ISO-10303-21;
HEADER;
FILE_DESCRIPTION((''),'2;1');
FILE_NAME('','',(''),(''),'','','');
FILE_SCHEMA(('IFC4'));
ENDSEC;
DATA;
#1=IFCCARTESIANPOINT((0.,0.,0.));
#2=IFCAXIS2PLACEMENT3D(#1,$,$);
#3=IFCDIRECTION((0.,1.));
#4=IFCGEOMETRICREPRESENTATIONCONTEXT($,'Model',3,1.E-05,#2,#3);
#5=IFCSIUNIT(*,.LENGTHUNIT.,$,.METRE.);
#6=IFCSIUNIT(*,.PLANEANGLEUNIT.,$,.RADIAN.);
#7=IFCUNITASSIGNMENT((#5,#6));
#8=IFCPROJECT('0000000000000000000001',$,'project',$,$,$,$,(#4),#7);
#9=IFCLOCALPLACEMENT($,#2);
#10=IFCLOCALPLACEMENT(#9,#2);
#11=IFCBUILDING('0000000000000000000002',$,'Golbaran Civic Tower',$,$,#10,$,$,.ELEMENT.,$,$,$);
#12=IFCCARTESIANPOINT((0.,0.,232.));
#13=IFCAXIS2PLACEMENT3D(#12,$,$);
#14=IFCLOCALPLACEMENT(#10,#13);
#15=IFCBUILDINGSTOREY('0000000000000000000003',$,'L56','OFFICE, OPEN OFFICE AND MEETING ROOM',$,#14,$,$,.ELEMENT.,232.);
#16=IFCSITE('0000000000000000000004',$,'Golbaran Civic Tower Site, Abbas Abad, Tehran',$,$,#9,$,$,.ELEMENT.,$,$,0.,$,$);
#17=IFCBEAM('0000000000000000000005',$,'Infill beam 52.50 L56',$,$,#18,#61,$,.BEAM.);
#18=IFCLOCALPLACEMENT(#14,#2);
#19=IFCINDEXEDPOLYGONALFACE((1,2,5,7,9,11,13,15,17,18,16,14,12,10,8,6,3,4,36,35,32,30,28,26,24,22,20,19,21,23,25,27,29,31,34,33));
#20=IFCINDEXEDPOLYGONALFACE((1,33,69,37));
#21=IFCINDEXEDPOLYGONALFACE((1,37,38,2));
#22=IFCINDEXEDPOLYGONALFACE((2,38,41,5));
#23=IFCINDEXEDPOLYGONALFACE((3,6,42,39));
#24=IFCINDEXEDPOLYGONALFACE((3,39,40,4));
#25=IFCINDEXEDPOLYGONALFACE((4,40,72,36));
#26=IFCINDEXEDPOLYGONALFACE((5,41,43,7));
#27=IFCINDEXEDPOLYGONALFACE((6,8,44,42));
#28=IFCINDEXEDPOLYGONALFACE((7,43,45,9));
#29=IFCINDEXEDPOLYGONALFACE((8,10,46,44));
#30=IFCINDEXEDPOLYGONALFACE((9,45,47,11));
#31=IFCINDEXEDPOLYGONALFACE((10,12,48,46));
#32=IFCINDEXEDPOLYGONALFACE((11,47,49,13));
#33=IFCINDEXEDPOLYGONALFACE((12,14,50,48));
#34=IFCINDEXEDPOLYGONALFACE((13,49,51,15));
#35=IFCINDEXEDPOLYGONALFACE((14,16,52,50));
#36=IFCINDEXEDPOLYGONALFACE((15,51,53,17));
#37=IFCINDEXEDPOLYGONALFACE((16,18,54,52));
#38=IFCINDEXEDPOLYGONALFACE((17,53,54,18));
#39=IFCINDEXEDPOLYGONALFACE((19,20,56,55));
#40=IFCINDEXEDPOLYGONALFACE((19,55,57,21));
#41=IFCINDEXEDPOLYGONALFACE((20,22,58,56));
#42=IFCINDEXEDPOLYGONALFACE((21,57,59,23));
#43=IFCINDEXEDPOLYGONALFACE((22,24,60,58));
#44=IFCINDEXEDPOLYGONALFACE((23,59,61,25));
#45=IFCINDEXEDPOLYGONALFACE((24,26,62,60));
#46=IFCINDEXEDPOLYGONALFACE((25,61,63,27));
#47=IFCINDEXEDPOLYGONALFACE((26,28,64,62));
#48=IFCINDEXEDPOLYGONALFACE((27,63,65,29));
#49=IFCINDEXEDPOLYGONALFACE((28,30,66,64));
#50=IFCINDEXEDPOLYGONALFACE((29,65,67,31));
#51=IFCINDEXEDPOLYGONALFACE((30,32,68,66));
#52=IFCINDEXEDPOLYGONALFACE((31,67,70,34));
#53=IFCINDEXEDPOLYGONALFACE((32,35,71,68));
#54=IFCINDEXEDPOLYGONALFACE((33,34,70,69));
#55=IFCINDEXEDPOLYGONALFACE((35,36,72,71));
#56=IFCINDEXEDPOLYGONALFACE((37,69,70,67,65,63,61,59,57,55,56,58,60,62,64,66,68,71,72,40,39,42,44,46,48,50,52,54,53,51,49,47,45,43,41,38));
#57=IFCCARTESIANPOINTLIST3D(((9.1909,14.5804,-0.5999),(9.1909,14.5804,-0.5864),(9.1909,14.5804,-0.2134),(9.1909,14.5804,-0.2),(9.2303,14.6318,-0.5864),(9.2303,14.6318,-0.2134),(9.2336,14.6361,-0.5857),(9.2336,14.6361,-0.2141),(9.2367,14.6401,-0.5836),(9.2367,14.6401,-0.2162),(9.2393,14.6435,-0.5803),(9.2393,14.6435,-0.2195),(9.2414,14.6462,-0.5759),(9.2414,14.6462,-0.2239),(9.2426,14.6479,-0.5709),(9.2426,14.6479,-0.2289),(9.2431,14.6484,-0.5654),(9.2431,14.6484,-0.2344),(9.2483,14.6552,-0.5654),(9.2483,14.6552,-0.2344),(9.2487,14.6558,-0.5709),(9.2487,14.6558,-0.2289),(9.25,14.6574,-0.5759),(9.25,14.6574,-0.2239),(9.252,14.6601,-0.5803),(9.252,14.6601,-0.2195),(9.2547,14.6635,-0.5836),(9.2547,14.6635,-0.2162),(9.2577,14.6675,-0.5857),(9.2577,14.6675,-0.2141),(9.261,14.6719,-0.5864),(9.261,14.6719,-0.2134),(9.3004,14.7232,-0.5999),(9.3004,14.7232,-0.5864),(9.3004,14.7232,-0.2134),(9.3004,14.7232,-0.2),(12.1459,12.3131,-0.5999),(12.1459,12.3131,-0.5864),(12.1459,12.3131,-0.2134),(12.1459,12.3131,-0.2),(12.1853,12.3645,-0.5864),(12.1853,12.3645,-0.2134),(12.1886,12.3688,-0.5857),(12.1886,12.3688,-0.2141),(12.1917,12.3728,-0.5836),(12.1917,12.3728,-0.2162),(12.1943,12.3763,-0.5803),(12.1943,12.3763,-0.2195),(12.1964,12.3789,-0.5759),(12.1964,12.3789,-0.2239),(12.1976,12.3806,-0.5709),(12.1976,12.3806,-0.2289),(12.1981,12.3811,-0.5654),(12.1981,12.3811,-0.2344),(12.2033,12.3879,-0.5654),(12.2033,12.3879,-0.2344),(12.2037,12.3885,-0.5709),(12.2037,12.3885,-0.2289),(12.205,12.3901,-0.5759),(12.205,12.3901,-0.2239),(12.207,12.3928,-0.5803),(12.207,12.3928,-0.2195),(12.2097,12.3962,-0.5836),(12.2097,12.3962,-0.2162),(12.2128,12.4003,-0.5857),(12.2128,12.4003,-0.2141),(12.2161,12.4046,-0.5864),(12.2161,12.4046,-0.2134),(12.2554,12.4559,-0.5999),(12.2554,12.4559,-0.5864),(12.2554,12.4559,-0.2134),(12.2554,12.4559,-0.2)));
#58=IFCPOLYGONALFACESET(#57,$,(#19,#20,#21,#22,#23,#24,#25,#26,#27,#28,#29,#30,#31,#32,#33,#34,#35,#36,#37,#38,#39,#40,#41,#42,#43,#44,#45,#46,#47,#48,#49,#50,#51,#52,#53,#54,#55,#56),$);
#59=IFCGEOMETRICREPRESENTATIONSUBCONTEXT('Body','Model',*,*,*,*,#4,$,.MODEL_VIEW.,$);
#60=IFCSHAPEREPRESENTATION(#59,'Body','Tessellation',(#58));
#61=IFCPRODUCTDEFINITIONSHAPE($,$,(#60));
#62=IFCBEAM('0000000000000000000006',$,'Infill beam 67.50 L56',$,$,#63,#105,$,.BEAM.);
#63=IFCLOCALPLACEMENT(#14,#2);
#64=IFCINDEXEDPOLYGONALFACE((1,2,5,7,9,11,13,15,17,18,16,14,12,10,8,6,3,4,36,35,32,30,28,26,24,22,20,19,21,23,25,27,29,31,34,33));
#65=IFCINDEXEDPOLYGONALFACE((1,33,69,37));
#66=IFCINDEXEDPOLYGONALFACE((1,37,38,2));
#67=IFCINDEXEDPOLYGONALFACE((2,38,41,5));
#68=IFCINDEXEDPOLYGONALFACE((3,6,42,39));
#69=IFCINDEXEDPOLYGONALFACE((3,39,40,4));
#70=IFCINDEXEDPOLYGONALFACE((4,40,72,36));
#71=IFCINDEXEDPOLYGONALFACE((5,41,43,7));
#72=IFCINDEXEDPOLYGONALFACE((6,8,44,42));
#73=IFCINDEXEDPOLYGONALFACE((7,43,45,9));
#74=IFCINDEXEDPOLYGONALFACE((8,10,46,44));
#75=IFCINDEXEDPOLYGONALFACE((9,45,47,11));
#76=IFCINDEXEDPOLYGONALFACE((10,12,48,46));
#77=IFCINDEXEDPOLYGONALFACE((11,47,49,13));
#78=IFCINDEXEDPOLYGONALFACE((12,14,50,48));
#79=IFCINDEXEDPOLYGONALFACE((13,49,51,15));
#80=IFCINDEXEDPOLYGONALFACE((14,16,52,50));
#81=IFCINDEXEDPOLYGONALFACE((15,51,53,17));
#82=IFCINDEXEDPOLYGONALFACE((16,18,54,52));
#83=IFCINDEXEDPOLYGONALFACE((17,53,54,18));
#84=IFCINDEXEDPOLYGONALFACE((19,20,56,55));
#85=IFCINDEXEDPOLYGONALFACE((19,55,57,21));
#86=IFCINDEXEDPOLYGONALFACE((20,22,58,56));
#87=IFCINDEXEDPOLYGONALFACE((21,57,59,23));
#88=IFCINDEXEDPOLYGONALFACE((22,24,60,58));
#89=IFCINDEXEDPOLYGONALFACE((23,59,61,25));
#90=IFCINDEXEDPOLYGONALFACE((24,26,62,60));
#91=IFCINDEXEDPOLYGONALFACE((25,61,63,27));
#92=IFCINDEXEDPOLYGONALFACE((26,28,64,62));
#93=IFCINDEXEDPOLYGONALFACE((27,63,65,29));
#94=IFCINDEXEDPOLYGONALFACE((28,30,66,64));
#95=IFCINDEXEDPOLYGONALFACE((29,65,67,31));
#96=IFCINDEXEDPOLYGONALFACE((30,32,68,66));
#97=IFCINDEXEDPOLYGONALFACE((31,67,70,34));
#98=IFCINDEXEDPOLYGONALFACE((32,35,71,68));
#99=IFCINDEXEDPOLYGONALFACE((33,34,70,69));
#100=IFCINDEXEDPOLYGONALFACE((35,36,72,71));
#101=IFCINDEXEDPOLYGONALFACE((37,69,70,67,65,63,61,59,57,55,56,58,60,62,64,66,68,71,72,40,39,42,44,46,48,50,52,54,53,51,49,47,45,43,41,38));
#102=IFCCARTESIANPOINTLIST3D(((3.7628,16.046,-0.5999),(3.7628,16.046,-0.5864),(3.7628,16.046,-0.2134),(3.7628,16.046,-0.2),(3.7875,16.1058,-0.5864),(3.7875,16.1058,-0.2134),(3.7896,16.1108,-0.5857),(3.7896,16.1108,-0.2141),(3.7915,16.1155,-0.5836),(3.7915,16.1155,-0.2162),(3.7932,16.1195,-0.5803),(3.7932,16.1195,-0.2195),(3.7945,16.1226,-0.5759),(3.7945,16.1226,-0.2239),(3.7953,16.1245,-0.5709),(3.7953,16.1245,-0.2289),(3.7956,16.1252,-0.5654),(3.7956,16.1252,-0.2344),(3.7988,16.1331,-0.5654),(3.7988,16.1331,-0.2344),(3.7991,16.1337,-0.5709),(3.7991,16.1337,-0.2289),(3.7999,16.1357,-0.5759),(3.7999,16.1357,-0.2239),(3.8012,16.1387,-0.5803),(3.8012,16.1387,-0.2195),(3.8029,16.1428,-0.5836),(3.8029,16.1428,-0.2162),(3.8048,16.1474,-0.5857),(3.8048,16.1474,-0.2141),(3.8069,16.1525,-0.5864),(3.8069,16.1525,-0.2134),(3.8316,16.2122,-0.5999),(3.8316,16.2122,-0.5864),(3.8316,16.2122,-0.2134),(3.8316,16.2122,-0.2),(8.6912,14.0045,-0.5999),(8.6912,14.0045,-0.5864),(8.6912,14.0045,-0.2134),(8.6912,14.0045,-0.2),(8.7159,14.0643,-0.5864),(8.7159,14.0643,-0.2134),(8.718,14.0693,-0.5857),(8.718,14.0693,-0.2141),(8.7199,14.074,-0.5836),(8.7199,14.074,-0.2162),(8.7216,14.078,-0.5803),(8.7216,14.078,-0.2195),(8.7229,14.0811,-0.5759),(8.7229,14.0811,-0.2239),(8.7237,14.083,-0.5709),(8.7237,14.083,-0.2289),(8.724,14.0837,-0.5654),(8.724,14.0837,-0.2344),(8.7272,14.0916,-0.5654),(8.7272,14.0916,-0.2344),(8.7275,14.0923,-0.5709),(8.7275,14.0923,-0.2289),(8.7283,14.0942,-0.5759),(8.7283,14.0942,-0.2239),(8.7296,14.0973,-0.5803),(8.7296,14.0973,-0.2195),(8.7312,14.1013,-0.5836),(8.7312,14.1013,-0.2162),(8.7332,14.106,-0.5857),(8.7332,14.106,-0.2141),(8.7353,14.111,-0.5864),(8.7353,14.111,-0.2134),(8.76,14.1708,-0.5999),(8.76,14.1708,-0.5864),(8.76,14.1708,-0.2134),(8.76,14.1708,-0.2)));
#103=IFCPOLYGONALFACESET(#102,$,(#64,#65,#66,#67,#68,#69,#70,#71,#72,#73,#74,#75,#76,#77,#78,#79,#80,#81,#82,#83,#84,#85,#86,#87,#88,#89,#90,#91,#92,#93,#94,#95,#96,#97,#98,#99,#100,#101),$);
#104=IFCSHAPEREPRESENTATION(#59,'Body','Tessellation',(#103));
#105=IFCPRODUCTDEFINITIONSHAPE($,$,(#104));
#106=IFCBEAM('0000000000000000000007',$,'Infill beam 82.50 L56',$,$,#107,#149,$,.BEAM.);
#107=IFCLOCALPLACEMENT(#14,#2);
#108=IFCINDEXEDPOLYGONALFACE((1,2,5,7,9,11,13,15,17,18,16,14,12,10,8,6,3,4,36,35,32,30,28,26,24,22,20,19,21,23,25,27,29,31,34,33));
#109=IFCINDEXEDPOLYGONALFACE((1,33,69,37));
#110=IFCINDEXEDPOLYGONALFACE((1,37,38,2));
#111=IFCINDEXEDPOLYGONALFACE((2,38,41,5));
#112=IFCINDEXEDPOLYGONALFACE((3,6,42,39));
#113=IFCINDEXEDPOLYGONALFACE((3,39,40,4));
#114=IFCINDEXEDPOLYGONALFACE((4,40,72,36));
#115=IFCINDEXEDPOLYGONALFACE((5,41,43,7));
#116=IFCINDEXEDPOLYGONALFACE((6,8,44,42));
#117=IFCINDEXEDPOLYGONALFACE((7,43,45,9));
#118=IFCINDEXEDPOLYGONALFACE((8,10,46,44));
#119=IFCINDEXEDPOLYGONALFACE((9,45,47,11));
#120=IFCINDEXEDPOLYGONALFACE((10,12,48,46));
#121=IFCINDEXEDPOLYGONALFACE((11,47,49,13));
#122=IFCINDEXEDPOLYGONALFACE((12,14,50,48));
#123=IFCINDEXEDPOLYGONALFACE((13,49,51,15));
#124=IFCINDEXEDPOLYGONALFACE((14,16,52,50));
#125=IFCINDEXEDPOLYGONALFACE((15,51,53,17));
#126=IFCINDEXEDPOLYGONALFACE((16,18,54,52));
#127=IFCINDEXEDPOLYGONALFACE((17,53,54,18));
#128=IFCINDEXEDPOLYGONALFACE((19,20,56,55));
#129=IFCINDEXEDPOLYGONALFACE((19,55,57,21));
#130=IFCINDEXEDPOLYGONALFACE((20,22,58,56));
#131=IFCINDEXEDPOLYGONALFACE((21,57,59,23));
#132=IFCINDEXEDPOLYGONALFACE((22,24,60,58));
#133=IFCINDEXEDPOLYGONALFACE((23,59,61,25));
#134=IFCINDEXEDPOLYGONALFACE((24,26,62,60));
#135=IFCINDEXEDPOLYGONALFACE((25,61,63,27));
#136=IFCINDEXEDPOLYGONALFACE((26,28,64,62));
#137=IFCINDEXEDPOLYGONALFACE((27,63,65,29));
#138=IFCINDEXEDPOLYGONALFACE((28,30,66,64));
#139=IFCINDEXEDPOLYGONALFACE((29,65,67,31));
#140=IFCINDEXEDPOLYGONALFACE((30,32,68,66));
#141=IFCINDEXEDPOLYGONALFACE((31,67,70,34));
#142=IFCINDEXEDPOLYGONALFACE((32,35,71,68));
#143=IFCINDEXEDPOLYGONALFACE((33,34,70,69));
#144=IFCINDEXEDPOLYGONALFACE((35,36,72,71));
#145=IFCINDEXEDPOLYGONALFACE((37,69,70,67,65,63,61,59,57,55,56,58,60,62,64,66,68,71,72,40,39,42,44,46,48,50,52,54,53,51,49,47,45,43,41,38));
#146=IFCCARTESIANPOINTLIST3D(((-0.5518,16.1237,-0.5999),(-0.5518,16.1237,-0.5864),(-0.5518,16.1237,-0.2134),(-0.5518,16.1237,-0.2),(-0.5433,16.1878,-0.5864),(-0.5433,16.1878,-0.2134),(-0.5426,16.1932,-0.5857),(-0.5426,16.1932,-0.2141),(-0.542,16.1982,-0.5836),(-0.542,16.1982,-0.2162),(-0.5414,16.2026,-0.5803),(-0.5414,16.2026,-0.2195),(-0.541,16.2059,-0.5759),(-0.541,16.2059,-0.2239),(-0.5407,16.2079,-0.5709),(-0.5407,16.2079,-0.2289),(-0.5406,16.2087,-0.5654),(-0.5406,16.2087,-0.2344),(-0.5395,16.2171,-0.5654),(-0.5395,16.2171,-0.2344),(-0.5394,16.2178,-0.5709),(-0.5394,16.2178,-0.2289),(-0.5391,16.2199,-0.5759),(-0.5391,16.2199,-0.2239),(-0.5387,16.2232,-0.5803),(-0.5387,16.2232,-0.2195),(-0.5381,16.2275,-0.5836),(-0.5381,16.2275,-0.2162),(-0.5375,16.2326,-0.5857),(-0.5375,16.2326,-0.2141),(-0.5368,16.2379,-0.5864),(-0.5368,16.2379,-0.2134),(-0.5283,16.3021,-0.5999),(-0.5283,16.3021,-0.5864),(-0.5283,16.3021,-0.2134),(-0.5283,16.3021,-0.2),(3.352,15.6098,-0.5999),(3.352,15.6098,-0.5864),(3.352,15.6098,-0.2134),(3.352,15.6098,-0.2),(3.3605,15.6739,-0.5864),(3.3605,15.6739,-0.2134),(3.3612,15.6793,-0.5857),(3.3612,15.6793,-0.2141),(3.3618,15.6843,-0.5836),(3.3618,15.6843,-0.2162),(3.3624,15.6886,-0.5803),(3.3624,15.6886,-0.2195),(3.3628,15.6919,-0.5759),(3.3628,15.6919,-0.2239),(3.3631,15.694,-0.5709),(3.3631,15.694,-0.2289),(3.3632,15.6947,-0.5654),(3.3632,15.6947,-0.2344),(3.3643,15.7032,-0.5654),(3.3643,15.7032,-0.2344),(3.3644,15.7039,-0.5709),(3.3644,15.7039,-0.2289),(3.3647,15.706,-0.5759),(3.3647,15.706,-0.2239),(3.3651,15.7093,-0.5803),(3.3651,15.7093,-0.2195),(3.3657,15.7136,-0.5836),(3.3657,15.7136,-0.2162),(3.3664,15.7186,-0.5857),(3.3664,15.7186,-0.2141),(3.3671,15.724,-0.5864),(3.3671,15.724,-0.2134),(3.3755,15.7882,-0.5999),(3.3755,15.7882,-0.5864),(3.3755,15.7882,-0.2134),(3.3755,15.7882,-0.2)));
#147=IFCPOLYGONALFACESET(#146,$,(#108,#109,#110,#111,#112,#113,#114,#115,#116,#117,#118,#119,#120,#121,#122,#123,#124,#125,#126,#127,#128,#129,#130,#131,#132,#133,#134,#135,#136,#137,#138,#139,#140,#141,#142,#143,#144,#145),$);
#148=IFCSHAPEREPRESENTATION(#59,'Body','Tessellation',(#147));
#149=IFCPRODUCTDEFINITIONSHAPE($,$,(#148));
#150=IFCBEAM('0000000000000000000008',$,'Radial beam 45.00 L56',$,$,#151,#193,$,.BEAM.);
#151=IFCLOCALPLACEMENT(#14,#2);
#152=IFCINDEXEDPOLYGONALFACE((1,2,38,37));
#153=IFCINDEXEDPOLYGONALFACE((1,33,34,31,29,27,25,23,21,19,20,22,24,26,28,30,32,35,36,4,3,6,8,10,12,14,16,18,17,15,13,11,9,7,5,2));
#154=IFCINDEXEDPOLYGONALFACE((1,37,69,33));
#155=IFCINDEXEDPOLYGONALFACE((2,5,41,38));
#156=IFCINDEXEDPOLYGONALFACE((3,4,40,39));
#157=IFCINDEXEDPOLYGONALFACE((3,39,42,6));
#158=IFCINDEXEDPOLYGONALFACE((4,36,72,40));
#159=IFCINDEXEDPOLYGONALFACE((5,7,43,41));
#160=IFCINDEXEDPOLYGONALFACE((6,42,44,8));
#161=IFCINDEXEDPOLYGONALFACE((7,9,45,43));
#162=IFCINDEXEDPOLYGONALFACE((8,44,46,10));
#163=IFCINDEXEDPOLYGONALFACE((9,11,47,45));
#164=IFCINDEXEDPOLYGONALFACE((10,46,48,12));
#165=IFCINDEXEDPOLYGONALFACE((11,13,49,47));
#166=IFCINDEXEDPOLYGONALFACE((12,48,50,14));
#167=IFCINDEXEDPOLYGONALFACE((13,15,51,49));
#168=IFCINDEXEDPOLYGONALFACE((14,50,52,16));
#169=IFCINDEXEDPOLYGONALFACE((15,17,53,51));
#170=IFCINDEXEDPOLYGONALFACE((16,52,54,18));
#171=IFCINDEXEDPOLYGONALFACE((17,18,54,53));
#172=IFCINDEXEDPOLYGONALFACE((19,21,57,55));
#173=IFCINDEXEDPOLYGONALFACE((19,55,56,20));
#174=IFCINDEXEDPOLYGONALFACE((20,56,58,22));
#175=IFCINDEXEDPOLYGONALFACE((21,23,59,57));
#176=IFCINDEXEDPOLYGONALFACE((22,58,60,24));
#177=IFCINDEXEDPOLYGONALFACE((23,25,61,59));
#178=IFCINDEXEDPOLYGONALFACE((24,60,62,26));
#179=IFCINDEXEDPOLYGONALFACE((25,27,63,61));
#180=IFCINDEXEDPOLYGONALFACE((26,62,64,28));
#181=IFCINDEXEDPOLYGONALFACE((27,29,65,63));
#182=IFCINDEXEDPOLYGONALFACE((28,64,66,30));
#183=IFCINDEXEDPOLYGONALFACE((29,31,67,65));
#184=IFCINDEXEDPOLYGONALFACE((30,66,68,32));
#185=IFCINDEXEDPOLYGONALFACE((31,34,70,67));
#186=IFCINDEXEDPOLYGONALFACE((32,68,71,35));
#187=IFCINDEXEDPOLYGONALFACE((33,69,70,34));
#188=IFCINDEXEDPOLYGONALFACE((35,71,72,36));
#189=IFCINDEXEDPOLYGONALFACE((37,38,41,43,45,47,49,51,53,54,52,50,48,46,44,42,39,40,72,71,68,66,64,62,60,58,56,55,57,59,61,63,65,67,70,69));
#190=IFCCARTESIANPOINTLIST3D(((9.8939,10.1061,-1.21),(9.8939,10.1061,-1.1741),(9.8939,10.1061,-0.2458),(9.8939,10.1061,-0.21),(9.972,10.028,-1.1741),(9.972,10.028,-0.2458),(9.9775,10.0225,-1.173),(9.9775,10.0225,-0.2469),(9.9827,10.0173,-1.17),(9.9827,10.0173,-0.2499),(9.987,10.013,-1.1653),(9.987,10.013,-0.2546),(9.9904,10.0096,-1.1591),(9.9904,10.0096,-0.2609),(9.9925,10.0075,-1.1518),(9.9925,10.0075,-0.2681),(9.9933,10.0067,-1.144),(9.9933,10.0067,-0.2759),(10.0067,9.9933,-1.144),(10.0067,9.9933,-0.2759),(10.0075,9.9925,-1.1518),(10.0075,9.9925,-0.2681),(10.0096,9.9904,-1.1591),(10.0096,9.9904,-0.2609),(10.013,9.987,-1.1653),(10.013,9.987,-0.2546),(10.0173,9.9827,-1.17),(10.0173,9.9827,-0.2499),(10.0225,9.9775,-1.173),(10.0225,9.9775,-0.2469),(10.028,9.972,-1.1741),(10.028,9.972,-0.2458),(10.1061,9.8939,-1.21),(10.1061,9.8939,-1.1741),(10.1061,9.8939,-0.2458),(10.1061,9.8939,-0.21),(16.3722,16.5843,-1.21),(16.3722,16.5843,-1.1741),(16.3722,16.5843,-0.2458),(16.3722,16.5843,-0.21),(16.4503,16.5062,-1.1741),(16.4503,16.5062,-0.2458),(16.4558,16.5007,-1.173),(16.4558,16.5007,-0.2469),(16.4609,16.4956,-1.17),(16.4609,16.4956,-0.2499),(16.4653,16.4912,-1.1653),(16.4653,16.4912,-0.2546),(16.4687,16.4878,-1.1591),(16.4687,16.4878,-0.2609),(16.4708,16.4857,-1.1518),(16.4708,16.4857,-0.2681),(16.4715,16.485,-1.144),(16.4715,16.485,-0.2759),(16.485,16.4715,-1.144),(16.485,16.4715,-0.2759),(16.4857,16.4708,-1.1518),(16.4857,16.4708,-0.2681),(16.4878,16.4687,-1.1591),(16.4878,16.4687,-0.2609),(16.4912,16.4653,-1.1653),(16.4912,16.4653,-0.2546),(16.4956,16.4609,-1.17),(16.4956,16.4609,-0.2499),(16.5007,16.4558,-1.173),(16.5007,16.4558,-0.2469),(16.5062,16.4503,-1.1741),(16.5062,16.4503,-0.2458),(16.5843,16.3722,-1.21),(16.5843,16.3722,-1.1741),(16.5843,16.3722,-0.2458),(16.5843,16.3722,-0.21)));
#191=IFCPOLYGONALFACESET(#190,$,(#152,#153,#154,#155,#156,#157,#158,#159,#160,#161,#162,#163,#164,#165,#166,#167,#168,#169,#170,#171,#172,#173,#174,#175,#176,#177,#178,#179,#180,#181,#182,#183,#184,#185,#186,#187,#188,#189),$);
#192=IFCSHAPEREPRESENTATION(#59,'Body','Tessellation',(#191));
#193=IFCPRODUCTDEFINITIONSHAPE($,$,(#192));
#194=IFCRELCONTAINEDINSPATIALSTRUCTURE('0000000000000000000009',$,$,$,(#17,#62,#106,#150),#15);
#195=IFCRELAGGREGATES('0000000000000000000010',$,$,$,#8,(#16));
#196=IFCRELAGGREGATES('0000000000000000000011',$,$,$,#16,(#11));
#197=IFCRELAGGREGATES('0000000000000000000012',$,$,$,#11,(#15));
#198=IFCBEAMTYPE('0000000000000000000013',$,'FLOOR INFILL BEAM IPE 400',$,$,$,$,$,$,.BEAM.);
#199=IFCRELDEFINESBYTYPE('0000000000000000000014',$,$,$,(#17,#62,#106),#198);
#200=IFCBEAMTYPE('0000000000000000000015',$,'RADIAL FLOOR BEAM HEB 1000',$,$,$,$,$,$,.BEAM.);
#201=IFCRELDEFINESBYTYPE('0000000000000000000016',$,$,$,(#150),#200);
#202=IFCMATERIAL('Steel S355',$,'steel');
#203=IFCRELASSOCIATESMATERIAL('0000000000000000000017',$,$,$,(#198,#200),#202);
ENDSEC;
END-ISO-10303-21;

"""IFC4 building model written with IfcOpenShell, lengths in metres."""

from ifc_helpers import new_model, si_unit, direction, frame, origin, origin_2d, place, context, subcontext, project, spatial, i_section, extrude, material, material_profile, profile_set, type_object, element, save


model = new_model("IFC4")

# Units and contexts
model_context = context("Model", 3, precision=1e-05, world=origin(), true_north=direction((0.0, 1.0)))
body_context = subcontext(model_context, "Body", "Model", "MODEL_VIEW")
ifc_project = project(units=[si_unit("LENGTHUNIT", "METRE"), si_unit("PLANEANGLEUNIT", "RADIAN")], contexts=[model_context])

# Site, building, storey
site_placement = place(None, origin())
site = spatial("IfcSite", under=ifc_project, at=site_placement, Name="Golbaran Civic Tower Site, Abbas Abad, Tehran", CompositionType="ELEMENT", RefElevation=0.0)
building_placement = place(site_placement, origin())
building = spatial("IfcBuilding", under=site, at=building_placement, Name="Golbaran Civic Tower", CompositionType="ELEMENT")
storey_placement = place(building_placement, frame((0.0, 0.0, 232.0)))
storey = spatial("IfcBuildingStorey", under=building, at=storey_placement, Name="L56", Description="OFFICE, OPEN OFFICE AND MEETING ROOM", CompositionType="ELEMENT", Elevation=232.0)

# Beams
ifc_material_1 = material(Name="Steel S355", Category="steel")
ifc_material_profile_1 = material_profile(ifc_material_1, i_section(OverallWidth=0.1799, OverallDepth=0.3999, WebThickness=0.0085, FlangeThickness=0.0134, FilletRadius=0.021, at=origin_2d()), Name="IPE 400")
ifc_profile_set_1 = profile_set([ifc_material_profile_1], Name="Steel S355")
beam_type_1 = type_object("IfcBeamType", Name="FLOOR INFILL BEAM IPE 400", PredefinedType="BEAM", material=ifc_profile_set_1)
beam_1_placement = place(storey_placement, frame((12.2007, 12.3845, -0.3999), z_axis=(-0.793376, 0.608731, 0.0), x_axis=(-0.608731, -0.793376, 0.0)))
element("IfcBeam", 1, at=beam_1_placement, inside=storey, type_object=beam_type_1, Name="Infill beam 52.50 L56", PredefinedType="BEAM", context=body_context, shape_type="SweptSolid", body=[
    extrude(i_section(OverallWidth=0.1799, OverallDepth=0.3999, WebThickness=0.0085, FlangeThickness=0.0134, FilletRadius=0.021, at=origin_2d()), origin(), (0.0, 0.0, 1.0), 3.7246),
])
beam_2_placement = place(storey_placement, frame((8.7256, 14.0876, -0.3999), z_axis=(-0.923875, 0.382694, 0.0), x_axis=(-0.382694, -0.923875, 0.0)))
element("IfcBeam", 2, at=beam_2_placement, inside=storey, type_object=beam_type_1, Name="Infill beam 67.50 L56", PredefinedType="BEAM", context=body_context, shape_type="SweptSolid", body=[
    extrude(i_section(OverallWidth=0.1799, OverallDepth=0.3999, WebThickness=0.0085, FlangeThickness=0.0134, FilletRadius=0.021, at=origin_2d()), origin(), (0.0, 0.0, 1.0), 5.3345),
])
beam_3_placement = place(storey_placement, frame((3.3638, 15.699, -0.3999), z_axis=(-0.991446, 0.130519, 0.0), x_axis=(-0.130519, -0.991446, 0.0)))
element("IfcBeam", 3, at=beam_3_placement, inside=storey, type_object=beam_type_1, Name="Infill beam 82.50 L56", PredefinedType="BEAM", context=body_context, shape_type="SweptSolid", body=[
    extrude(i_section(OverallWidth=0.1799, OverallDepth=0.3999, WebThickness=0.0085, FlangeThickness=0.0134, FilletRadius=0.021, at=origin_2d()), origin(), (0.0, 0.0, 1.0), 3.9375),
])
ifc_material_profile_2 = material_profile(ifc_material_1, i_section(OverallWidth=0.3, OverallDepth=1.0, WebThickness=0.019, FlangeThickness=0.0359, FilletRadius=0.03, at=origin_2d()), Name="HEB 1000")
ifc_profile_set_2 = profile_set([ifc_material_profile_2], Name="Steel S355")
beam_type_2 = type_object("IfcBeamType", Name="RADIAL FLOOR BEAM HEB 1000", PredefinedType="BEAM", material=ifc_profile_set_2)
beam_4_placement = place(storey_placement, frame((10.0, 10.0, -0.71), z_axis=(0.707107, 0.707107, 0.0), x_axis=(-0.707107, 0.707107, 0.0)))
element("IfcBeam", 4, at=beam_4_placement, inside=storey, type_object=beam_type_2, Name="Radial beam 45.00 L56", PredefinedType="BEAM", context=body_context, shape_type="SweptSolid", body=[
    extrude(i_section(OverallWidth=0.3, OverallDepth=1.0, WebThickness=0.019, FlangeThickness=0.0359, FilletRadius=0.03, at=origin_2d()), origin(), (0.0, 0.0, 1.0), 9.1616),
])

save(model, "model.ifc")
